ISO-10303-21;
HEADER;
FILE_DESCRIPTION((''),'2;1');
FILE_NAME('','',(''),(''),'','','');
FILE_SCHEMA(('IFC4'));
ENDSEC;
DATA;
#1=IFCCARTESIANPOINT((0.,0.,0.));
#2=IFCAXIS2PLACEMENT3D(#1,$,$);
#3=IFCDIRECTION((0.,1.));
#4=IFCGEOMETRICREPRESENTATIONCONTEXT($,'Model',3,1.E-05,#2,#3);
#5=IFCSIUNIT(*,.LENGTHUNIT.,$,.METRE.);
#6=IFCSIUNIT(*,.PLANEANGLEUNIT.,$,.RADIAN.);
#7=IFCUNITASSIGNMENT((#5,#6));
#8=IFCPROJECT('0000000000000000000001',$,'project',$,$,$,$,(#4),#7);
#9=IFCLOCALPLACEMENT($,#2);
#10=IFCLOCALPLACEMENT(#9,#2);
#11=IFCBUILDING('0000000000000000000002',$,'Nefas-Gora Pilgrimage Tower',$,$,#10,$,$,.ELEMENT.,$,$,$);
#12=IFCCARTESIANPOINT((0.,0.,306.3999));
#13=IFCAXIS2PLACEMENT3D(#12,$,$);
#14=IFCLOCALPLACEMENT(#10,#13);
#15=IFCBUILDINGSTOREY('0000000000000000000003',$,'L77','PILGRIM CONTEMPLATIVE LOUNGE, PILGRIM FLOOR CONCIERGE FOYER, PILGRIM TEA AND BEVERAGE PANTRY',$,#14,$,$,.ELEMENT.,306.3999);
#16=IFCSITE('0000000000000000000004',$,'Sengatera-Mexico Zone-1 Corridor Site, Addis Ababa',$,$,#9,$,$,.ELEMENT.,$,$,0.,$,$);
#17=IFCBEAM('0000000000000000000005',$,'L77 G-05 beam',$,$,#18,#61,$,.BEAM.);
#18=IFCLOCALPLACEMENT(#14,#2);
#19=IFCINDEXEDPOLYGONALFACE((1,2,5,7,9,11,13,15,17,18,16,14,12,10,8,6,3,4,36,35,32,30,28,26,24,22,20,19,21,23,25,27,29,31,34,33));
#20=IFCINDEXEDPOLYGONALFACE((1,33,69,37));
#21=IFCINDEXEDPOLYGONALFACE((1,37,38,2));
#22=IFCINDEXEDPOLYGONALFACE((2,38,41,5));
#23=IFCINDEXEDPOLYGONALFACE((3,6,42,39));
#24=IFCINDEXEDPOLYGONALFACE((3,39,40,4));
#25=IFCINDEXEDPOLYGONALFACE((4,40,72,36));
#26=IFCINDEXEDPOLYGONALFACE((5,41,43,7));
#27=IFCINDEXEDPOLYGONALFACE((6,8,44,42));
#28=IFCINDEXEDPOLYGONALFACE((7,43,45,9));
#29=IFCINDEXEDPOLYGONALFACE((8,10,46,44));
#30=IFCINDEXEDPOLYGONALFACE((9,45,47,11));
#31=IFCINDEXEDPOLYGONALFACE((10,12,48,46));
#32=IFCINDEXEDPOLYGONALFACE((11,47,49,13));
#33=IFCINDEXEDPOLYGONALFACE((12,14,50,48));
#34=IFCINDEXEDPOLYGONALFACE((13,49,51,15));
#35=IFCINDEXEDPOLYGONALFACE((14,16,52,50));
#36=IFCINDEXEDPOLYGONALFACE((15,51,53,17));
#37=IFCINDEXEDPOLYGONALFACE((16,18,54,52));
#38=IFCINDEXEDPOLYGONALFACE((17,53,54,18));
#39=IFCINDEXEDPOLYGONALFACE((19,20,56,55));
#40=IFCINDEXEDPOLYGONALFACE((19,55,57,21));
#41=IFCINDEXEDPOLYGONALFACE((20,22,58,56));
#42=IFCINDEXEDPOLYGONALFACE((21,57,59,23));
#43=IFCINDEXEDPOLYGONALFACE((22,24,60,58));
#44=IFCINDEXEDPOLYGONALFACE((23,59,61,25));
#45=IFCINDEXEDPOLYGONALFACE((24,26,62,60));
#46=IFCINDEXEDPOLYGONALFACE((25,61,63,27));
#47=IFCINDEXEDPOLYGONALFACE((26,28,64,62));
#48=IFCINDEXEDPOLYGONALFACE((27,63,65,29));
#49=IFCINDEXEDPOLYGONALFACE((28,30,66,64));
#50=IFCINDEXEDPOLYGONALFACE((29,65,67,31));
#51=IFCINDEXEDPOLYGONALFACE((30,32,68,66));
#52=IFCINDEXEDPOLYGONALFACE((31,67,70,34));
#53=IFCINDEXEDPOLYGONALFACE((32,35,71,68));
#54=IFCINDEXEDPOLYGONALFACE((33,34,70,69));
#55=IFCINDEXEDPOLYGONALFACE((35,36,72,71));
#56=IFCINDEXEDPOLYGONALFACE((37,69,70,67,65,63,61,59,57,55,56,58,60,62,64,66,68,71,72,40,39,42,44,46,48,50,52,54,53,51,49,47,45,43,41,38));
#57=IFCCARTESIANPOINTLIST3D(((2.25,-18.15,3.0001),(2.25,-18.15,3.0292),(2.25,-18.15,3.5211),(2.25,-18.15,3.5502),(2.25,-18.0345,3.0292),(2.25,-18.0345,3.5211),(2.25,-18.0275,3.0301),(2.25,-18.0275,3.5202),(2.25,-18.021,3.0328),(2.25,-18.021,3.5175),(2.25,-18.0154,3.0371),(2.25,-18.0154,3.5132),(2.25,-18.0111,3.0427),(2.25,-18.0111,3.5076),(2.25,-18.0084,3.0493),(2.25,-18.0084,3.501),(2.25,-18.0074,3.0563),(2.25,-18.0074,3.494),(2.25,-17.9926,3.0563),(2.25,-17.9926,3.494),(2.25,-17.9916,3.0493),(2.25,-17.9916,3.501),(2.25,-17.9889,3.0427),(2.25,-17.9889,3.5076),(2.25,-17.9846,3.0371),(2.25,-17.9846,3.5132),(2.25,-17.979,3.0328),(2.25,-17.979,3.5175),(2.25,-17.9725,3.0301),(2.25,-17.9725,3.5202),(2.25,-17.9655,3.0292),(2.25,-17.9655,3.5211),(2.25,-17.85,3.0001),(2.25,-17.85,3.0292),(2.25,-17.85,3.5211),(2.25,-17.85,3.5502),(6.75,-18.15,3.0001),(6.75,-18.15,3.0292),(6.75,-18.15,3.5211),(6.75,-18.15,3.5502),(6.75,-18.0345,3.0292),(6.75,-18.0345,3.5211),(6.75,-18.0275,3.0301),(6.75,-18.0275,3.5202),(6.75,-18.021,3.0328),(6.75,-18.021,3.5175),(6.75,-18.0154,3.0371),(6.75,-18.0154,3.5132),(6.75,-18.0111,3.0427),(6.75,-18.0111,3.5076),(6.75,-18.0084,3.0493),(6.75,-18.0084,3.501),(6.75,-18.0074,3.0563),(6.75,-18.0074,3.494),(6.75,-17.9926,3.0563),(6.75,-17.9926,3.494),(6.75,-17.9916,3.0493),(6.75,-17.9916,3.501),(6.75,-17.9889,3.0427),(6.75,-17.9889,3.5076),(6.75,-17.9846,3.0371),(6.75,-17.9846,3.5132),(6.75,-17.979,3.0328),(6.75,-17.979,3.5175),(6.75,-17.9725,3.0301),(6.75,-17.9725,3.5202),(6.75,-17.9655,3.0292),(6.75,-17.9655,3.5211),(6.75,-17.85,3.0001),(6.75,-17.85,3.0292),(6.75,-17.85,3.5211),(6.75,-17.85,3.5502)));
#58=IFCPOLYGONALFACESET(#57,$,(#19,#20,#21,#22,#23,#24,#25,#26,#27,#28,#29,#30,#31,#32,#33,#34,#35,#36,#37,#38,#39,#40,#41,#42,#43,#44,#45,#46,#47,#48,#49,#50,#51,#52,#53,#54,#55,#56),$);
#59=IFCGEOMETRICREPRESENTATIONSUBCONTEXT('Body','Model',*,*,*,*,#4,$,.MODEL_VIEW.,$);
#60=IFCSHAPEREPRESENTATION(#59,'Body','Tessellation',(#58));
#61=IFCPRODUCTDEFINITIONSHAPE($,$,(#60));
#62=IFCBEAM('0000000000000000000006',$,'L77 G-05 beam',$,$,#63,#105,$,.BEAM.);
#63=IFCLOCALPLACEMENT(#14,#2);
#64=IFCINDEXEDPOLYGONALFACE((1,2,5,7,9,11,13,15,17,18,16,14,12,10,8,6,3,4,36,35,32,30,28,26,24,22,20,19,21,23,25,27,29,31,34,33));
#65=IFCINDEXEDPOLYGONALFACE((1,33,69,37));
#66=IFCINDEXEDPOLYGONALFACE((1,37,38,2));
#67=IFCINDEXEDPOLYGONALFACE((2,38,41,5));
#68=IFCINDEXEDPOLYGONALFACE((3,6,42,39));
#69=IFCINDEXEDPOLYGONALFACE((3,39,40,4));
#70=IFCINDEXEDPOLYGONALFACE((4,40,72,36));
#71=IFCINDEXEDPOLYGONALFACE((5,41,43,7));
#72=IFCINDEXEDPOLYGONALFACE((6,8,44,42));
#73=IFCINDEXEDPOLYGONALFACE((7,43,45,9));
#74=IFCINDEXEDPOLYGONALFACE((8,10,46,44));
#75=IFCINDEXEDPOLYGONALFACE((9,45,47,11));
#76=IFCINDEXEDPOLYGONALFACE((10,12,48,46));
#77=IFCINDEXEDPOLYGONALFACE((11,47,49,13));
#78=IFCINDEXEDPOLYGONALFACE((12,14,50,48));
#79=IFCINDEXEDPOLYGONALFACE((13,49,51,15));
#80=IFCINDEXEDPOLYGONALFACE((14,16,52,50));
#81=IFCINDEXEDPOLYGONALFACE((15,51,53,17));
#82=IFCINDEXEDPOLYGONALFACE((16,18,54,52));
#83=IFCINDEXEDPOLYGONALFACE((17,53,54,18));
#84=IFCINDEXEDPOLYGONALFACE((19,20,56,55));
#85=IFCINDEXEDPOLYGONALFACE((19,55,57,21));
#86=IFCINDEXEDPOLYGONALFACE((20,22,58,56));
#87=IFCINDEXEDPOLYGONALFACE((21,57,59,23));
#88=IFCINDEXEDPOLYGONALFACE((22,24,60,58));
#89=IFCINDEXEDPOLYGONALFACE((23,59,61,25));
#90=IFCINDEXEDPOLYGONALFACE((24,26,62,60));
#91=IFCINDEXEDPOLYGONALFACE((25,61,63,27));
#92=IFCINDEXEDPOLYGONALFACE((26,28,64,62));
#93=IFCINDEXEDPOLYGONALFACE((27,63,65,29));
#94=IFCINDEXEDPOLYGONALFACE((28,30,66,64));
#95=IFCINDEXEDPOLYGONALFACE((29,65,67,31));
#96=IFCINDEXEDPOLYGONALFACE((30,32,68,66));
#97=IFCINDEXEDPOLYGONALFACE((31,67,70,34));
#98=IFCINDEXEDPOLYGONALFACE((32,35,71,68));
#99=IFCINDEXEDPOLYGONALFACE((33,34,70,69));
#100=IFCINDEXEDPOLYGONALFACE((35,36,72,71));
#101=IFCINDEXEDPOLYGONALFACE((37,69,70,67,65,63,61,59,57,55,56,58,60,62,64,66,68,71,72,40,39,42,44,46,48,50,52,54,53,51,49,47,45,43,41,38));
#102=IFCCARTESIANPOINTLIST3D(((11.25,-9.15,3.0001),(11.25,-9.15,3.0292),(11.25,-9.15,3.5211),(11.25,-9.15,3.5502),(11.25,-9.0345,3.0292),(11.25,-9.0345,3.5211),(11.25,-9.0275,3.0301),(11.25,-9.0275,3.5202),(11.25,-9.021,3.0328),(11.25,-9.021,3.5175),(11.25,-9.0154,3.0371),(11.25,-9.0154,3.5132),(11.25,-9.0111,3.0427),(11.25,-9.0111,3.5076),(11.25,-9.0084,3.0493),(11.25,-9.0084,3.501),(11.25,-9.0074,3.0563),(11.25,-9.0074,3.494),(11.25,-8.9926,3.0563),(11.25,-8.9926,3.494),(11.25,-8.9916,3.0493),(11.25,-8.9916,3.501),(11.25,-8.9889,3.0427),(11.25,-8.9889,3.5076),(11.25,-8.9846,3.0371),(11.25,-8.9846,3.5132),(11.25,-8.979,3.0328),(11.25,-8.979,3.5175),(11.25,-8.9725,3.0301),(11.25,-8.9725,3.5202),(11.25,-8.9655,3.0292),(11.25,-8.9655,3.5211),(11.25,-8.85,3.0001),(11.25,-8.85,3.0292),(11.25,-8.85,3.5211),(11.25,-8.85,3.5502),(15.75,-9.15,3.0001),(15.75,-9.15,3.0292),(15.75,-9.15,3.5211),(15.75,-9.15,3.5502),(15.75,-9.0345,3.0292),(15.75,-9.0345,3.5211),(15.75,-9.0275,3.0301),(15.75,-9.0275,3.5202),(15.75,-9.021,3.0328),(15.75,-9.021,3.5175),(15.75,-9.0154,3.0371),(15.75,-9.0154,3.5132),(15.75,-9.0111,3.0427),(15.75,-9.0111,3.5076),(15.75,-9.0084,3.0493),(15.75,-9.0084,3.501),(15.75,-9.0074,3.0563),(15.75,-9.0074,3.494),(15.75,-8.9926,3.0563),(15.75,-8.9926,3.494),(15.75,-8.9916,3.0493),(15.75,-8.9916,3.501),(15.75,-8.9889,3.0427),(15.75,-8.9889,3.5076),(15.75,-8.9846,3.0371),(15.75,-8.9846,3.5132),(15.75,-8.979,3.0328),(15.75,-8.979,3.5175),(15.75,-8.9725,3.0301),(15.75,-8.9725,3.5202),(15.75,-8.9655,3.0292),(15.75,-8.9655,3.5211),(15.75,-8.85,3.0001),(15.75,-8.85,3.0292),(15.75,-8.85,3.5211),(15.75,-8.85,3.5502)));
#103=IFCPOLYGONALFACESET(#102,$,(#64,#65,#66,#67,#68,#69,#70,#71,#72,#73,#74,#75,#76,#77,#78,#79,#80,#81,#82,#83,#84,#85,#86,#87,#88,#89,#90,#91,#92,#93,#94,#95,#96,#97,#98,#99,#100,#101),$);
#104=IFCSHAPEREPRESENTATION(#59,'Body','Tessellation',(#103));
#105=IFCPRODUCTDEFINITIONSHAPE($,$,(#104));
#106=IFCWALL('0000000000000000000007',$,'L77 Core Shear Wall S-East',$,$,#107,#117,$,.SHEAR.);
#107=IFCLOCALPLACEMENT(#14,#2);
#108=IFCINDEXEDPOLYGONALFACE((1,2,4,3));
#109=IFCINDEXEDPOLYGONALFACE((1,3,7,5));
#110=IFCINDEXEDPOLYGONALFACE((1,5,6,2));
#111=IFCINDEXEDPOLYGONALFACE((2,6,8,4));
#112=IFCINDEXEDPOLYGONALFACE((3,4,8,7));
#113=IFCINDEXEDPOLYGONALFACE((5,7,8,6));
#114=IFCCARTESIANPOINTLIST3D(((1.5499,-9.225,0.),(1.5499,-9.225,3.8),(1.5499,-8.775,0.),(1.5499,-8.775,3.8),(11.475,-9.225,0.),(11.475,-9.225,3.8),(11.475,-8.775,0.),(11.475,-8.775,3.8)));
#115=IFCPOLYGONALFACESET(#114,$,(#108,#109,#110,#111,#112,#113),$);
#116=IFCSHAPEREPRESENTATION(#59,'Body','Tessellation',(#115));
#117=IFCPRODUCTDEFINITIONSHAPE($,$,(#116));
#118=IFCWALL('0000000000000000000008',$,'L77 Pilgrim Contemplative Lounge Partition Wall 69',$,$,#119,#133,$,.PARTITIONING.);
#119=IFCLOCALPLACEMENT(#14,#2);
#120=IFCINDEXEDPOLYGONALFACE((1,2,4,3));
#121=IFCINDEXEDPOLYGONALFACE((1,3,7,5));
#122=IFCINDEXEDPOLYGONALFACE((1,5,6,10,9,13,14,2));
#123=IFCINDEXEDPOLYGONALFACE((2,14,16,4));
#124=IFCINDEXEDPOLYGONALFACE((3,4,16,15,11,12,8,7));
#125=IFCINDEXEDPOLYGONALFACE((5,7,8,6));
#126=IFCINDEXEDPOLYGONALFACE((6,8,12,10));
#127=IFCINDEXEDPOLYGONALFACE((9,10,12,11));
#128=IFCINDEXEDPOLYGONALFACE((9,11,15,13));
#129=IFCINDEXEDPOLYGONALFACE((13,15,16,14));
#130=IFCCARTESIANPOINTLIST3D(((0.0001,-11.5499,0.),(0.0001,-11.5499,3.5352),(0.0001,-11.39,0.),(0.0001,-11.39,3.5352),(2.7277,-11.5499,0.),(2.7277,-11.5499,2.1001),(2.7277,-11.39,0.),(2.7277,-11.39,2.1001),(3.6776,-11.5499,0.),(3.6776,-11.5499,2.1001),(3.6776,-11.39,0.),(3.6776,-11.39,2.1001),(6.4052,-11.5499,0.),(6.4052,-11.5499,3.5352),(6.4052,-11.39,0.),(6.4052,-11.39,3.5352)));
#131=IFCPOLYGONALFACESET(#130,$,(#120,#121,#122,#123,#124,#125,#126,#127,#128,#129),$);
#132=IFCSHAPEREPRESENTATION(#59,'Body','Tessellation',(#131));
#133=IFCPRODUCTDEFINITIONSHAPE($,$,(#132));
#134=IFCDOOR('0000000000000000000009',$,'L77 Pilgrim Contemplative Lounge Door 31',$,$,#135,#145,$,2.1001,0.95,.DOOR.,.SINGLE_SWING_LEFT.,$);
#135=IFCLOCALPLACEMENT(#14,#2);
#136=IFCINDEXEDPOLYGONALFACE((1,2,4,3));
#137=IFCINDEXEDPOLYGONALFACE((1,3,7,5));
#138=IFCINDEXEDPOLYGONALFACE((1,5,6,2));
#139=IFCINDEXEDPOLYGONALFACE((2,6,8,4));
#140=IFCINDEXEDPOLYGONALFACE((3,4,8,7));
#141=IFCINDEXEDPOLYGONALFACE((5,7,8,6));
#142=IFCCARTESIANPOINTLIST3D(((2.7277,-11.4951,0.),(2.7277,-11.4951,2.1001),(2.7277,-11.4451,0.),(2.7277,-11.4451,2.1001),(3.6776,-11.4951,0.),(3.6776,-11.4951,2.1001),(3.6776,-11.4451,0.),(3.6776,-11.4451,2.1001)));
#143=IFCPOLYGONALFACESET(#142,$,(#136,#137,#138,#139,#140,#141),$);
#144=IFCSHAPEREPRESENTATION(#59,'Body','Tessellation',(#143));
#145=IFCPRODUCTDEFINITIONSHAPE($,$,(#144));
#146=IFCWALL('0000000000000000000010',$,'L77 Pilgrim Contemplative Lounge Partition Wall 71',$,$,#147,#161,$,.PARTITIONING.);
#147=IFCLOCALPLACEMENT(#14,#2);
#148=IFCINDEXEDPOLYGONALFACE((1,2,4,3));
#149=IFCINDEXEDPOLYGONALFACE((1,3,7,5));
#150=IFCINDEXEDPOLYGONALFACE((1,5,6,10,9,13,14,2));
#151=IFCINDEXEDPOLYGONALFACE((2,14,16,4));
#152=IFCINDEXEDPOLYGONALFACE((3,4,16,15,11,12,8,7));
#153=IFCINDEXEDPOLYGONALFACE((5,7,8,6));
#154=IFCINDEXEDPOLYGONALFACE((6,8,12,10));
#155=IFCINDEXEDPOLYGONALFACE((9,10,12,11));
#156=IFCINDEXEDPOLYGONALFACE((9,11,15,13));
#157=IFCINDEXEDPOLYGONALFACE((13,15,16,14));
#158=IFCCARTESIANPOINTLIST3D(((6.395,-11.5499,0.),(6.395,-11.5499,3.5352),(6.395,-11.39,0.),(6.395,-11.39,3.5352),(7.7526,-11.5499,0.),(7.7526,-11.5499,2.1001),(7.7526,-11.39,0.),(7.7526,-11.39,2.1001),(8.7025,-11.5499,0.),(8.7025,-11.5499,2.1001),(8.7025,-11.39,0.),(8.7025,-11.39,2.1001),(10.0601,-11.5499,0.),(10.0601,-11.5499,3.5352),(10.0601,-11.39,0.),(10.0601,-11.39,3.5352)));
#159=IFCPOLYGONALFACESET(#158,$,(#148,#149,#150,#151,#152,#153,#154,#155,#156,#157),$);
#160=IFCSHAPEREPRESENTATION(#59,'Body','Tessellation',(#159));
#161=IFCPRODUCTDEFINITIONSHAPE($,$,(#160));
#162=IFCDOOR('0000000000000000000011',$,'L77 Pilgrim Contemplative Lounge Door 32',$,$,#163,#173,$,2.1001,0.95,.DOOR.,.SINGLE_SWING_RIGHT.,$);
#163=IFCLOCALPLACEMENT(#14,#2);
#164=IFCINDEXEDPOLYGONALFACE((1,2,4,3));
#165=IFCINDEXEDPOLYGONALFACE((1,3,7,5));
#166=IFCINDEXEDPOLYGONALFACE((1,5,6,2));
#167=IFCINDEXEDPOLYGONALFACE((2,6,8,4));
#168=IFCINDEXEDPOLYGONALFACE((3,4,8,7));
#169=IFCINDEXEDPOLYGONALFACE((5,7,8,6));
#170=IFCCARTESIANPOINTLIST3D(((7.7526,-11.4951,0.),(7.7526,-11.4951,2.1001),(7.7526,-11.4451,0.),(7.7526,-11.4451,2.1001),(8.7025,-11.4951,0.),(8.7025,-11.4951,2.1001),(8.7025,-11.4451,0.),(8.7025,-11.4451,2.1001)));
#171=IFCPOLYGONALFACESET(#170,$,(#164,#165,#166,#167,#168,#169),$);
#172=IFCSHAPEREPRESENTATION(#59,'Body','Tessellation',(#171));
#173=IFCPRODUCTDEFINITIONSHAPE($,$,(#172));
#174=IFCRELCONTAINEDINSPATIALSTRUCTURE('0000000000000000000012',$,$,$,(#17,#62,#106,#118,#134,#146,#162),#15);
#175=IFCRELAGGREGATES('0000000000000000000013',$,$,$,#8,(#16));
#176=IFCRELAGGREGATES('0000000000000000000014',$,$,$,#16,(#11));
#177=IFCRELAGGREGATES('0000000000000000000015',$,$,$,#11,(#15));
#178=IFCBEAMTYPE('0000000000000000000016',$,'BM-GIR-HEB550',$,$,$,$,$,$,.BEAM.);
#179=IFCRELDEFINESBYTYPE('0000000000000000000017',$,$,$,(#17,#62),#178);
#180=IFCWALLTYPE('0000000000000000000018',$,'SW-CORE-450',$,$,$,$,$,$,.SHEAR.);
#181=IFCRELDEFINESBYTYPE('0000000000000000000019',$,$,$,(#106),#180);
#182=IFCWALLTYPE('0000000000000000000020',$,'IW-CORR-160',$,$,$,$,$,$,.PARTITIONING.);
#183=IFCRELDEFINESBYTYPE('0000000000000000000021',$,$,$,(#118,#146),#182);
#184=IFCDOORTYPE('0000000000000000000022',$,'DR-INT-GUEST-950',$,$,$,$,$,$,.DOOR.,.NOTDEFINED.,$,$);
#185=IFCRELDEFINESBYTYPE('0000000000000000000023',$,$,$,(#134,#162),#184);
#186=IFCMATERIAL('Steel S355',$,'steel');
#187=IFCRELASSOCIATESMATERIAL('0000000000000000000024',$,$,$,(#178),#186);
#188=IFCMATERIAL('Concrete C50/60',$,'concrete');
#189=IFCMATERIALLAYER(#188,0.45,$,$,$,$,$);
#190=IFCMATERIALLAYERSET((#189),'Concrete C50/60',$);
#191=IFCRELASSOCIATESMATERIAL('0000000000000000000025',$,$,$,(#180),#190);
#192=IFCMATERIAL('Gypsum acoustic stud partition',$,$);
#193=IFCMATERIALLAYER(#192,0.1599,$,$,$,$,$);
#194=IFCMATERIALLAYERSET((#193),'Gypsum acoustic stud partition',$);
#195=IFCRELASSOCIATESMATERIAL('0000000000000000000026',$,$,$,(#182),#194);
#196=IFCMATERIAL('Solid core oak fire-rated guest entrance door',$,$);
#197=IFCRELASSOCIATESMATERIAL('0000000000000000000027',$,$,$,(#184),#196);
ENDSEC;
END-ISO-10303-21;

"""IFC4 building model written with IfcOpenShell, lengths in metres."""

from ifc_helpers import new_model, si_unit, direction, frame, frame_2d, origin, origin_2d, place, context, subcontext, project, spatial, rectangle, i_section, extrude, source, transform, mapped, material, layer, layer_set, material_profile, profile_set, type_object, element, fill, save


model = new_model("IFC4")

# Units and contexts
model_context = context("Model", 3, precision=1e-05, world=origin(), true_north=direction((0.0, 1.0)))
body_context = subcontext(model_context, "Body", "Model", "MODEL_VIEW")
ifc_project = project(units=[si_unit("LENGTHUNIT", "METRE"), si_unit("PLANEANGLEUNIT", "RADIAN")], contexts=[model_context])

# Site, building, storey
site_placement = place(None, origin())
site = spatial("IfcSite", under=ifc_project, at=site_placement, Name="Sengatera-Mexico Zone-1 Corridor Site, Addis Ababa", CompositionType="ELEMENT", RefElevation=0.0)
building_placement = place(site_placement, origin())
building = spatial("IfcBuilding", under=site, at=building_placement, Name="Nefas-Gora Pilgrimage Tower", CompositionType="ELEMENT")
storey_placement = place(building_placement, frame((0.0, 0.0, 306.3999)))
storey = spatial("IfcBuildingStorey", under=building, at=storey_placement, Name="L77", Description="PILGRIM CONTEMPLATIVE LOUNGE, PILGRIM FLOOR CONCIERGE FOYER, PILGRIM TEA AND BEVERAGE PANTRY", CompositionType="ELEMENT", Elevation=306.3999)

# Shared definitions
ifc_material_1 = material(Name="Steel S355", Category="steel")
ifc_material_2 = material(Name="Concrete C50/60", Category="concrete")

# Beams
ifc_material_profile_1 = material_profile(ifc_material_1, i_section(OverallWidth=0.3, OverallDepth=0.55, WebThickness=0.0149, FlangeThickness=0.0291, FilletRadius=0.0271, at=origin_2d()), Name="HEB 550")
ifc_profile_set_1 = profile_set([ifc_material_profile_1], Name="Steel S355")
beam_type_1 = type_object("IfcBeamType", Name="BM-GIR-HEB550", PredefinedType="BEAM", material=ifc_profile_set_1)
shared_shape_1 = source(origin(), body_context, "Body", "SweptSolid", [
    extrude(i_section(OverallWidth=0.3, OverallDepth=0.55, WebThickness=0.0149, FlangeThickness=0.0291, FilletRadius=0.0271, at=origin_2d()), origin(), (0.0, 0.0, 1.0), 4.5),
])
for number, where, z_axis, x_axis, name in (
    (1, (2.25, -18.0, 3.2751), (1.0, 0.0, 0.0), (0.0, 1.0, 0.0), "L77 G-05 beam"),
    (2, (11.25, -9.0, 3.2751), (1.0, 0.0, 0.0), (0.0, 1.0, 0.0), "L77 G-05 beam"),
):
    element("IfcBeam", number, at=place(storey_placement, frame(where, z_axis=z_axis, x_axis=x_axis)), inside=storey, type_object=beam_type_1, Name=name, PredefinedType="BEAM", context=body_context, shape_type="MappedRepresentation", body=[
        mapped(shared_shape_1, transform((0.0, 0.0, 0.0), x_axis=(1.0, 0.0, 0.0), y_axis=(0.0, 1.0, 0.0), z_axis=(0.0, 0.0, 1.0), scale=1.0)),
    ])

# Wall
ifc_layer_1 = layer(ifc_material_2, 0.45)
ifc_layer_set_1 = layer_set([ifc_layer_1], Name="Concrete C50/60")
wall_type_1 = type_object("IfcWallType", Name="SW-CORE-450", PredefinedType="SHEAR", material=ifc_layer_set_1)
shared_shape_2 = source(origin(), body_context, "Body", "SweptSolid", [
    extrude(rectangle(XDim=9.925, YDim=0.45, at=frame_2d((4.9624, 0.0))), origin(), (0.0, 0.0, 1.0), 3.8),
])
wall_1_placement = place(storey_placement, frame((1.55, -9.0, 0.0), z_axis=(0.0, 0.0, 1.0), x_axis=(1.0, 0.0, 0.0)))
element("IfcWall", 3, at=wall_1_placement, inside=storey, type_object=wall_type_1, Name="L77 Core Shear Wall S-East", PredefinedType="SHEAR", context=body_context, shape_type="MappedRepresentation", body=[
    mapped(shared_shape_2, transform((0.0, 0.0, 0.0), x_axis=(1.0, 0.0, 0.0), y_axis=(0.0, 1.0, 0.0), z_axis=(0.0, 0.0, 1.0), scale=1.0)),
])

# Walls, openings, doors
ifc_material_3 = material(Name="Gypsum acoustic stud partition")
ifc_layer_2 = layer(ifc_material_3, 0.1599)
ifc_layer_set_2 = layer_set([ifc_layer_2], Name="Gypsum acoustic stud partition")
wall_type_2 = type_object("IfcWallType", Name="IW-CORR-160", PredefinedType="PARTITIONING", material=ifc_layer_set_2)
shared_shape_3 = source(origin(), body_context, "Body", "SweptSolid", [
    extrude(rectangle(XDim=6.405, YDim=0.1599, at=frame_2d((3.2026, 0.0))), origin(), (0.0, 0.0, 1.0), 3.5352),
])
wall_2_placement = place(storey_placement, frame((0.0, -11.47, 0.0), z_axis=(0.0, 0.0, 1.0), x_axis=(1.0, 0.0, 0.0)))
wall_2 = element("IfcWall", 4, at=wall_2_placement, inside=storey, type_object=wall_type_2, Name="L77 Pilgrim Contemplative Lounge Partition Wall 69", PredefinedType="PARTITIONING", context=body_context, shape_type="MappedRepresentation", body=[
    mapped(shared_shape_3, transform((0.0, 0.0, 0.0), x_axis=(1.0, 0.0, 0.0), y_axis=(0.0, 1.0, 0.0), z_axis=(0.0, 0.0, 1.0), scale=1.0)),
])
opening_1_placement = place(wall_2_placement, frame((2.7275, 0.0, 0.0)))
opening_1 = element("IfcOpeningElement", 5, at=opening_1_placement, cuts=wall_2, PredefinedType="OPENING", context=body_context, shape_type="SweptSolid", body=[
    extrude(rectangle(XDim=0.95, YDim=2.1001, at=frame_2d((0.4751, 1.05))), frame((0.0, 0.0898, 0.0), z_axis=(0.0, -1.0, 0.0), x_axis=(1.0, 0.0, 0.0)), (0.0, 0.0, 1.0), 0.1799),
])
ifc_material_4 = material(Name="Solid core oak fire-rated guest entrance door")
door_type_1 = type_object("IfcDoorType", Name="DR-INT-GUEST-950", OperationType="NOTDEFINED", PredefinedType="DOOR", material=ifc_material_4)
shared_shape_4 = source(origin(), body_context, "Body", "SweptSolid", [
    extrude(rectangle(XDim=0.95, YDim=2.1001, at=frame_2d((0.4751, 1.05))), frame((0.0, 0.0249, 0.0), z_axis=(0.0, -1.0, 0.0), x_axis=(1.0, 0.0, 0.0)), (0.0, 0.0, 1.0), 0.05),
])
door_1_placement = place(opening_1_placement, origin())
door_1 = element("IfcDoor", 6, at=door_1_placement, inside=storey, type_object=door_type_1, Name="L77 Pilgrim Contemplative Lounge Door 31", OperationType="SINGLE_SWING_LEFT", OverallHeight=2.1001, OverallWidth=0.95, PredefinedType="DOOR", context=body_context, shape_type="MappedRepresentation", body=[
    mapped(shared_shape_4, transform((0.0, 0.0, 0.0), x_axis=(1.0, 0.0, 0.0), y_axis=(0.0, 1.0, 0.0), z_axis=(0.0, 0.0, 1.0), scale=1.0)),
])
fill(opening_1, door_1)
shared_shape_5 = source(origin(), body_context, "Body", "SweptSolid", [
    extrude(rectangle(XDim=3.665, YDim=0.1599, at=frame_2d((1.8325, 0.0))), origin(), (0.0, 0.0, 1.0), 3.5352),
])
wall_3_placement = place(storey_placement, frame((6.395, -11.47, 0.0), z_axis=(0.0, 0.0, 1.0), x_axis=(1.0, 0.0, 0.0)))
wall_3 = element("IfcWall", 7, at=wall_3_placement, inside=storey, type_object=wall_type_2, Name="L77 Pilgrim Contemplative Lounge Partition Wall 71", PredefinedType="PARTITIONING", context=body_context, shape_type="MappedRepresentation", body=[
    mapped(shared_shape_5, transform((0.0, 0.0, 0.0), x_axis=(1.0, 0.0, 0.0), y_axis=(0.0, 1.0, 0.0), z_axis=(0.0, 0.0, 1.0), scale=1.0)),
])
opening_2_placement = place(wall_3_placement, frame((1.3574, 0.0, 0.0)))
opening_2 = element("IfcOpeningElement", 8, at=opening_2_placement, cuts=wall_3, PredefinedType="OPENING", context=body_context, shape_type="SweptSolid", body=[
    extrude(rectangle(XDim=0.95, YDim=2.1001, at=frame_2d((0.4751, 1.05))), frame((0.0, 0.0898, 0.0), z_axis=(0.0, -1.0, 0.0), x_axis=(1.0, 0.0, 0.0)), (0.0, 0.0, 1.0), 0.1799),
])
door_2_placement = place(opening_2_placement, origin())
door_2 = element("IfcDoor", 9, at=door_2_placement, inside=storey, type_object=door_type_1, Name="L77 Pilgrim Contemplative Lounge Door 32", OperationType="SINGLE_SWING_RIGHT", OverallHeight=2.1001, OverallWidth=0.95, PredefinedType="DOOR", context=body_context, shape_type="MappedRepresentation", body=[
    mapped(shared_shape_4, transform((0.0, 0.0, 0.0), x_axis=(1.0, 0.0, 0.0), y_axis=(0.0, 1.0, 0.0), z_axis=(0.0, 0.0, 1.0), scale=1.0)),
])
fill(opening_2, door_2)

save(model, "model.ifc")
